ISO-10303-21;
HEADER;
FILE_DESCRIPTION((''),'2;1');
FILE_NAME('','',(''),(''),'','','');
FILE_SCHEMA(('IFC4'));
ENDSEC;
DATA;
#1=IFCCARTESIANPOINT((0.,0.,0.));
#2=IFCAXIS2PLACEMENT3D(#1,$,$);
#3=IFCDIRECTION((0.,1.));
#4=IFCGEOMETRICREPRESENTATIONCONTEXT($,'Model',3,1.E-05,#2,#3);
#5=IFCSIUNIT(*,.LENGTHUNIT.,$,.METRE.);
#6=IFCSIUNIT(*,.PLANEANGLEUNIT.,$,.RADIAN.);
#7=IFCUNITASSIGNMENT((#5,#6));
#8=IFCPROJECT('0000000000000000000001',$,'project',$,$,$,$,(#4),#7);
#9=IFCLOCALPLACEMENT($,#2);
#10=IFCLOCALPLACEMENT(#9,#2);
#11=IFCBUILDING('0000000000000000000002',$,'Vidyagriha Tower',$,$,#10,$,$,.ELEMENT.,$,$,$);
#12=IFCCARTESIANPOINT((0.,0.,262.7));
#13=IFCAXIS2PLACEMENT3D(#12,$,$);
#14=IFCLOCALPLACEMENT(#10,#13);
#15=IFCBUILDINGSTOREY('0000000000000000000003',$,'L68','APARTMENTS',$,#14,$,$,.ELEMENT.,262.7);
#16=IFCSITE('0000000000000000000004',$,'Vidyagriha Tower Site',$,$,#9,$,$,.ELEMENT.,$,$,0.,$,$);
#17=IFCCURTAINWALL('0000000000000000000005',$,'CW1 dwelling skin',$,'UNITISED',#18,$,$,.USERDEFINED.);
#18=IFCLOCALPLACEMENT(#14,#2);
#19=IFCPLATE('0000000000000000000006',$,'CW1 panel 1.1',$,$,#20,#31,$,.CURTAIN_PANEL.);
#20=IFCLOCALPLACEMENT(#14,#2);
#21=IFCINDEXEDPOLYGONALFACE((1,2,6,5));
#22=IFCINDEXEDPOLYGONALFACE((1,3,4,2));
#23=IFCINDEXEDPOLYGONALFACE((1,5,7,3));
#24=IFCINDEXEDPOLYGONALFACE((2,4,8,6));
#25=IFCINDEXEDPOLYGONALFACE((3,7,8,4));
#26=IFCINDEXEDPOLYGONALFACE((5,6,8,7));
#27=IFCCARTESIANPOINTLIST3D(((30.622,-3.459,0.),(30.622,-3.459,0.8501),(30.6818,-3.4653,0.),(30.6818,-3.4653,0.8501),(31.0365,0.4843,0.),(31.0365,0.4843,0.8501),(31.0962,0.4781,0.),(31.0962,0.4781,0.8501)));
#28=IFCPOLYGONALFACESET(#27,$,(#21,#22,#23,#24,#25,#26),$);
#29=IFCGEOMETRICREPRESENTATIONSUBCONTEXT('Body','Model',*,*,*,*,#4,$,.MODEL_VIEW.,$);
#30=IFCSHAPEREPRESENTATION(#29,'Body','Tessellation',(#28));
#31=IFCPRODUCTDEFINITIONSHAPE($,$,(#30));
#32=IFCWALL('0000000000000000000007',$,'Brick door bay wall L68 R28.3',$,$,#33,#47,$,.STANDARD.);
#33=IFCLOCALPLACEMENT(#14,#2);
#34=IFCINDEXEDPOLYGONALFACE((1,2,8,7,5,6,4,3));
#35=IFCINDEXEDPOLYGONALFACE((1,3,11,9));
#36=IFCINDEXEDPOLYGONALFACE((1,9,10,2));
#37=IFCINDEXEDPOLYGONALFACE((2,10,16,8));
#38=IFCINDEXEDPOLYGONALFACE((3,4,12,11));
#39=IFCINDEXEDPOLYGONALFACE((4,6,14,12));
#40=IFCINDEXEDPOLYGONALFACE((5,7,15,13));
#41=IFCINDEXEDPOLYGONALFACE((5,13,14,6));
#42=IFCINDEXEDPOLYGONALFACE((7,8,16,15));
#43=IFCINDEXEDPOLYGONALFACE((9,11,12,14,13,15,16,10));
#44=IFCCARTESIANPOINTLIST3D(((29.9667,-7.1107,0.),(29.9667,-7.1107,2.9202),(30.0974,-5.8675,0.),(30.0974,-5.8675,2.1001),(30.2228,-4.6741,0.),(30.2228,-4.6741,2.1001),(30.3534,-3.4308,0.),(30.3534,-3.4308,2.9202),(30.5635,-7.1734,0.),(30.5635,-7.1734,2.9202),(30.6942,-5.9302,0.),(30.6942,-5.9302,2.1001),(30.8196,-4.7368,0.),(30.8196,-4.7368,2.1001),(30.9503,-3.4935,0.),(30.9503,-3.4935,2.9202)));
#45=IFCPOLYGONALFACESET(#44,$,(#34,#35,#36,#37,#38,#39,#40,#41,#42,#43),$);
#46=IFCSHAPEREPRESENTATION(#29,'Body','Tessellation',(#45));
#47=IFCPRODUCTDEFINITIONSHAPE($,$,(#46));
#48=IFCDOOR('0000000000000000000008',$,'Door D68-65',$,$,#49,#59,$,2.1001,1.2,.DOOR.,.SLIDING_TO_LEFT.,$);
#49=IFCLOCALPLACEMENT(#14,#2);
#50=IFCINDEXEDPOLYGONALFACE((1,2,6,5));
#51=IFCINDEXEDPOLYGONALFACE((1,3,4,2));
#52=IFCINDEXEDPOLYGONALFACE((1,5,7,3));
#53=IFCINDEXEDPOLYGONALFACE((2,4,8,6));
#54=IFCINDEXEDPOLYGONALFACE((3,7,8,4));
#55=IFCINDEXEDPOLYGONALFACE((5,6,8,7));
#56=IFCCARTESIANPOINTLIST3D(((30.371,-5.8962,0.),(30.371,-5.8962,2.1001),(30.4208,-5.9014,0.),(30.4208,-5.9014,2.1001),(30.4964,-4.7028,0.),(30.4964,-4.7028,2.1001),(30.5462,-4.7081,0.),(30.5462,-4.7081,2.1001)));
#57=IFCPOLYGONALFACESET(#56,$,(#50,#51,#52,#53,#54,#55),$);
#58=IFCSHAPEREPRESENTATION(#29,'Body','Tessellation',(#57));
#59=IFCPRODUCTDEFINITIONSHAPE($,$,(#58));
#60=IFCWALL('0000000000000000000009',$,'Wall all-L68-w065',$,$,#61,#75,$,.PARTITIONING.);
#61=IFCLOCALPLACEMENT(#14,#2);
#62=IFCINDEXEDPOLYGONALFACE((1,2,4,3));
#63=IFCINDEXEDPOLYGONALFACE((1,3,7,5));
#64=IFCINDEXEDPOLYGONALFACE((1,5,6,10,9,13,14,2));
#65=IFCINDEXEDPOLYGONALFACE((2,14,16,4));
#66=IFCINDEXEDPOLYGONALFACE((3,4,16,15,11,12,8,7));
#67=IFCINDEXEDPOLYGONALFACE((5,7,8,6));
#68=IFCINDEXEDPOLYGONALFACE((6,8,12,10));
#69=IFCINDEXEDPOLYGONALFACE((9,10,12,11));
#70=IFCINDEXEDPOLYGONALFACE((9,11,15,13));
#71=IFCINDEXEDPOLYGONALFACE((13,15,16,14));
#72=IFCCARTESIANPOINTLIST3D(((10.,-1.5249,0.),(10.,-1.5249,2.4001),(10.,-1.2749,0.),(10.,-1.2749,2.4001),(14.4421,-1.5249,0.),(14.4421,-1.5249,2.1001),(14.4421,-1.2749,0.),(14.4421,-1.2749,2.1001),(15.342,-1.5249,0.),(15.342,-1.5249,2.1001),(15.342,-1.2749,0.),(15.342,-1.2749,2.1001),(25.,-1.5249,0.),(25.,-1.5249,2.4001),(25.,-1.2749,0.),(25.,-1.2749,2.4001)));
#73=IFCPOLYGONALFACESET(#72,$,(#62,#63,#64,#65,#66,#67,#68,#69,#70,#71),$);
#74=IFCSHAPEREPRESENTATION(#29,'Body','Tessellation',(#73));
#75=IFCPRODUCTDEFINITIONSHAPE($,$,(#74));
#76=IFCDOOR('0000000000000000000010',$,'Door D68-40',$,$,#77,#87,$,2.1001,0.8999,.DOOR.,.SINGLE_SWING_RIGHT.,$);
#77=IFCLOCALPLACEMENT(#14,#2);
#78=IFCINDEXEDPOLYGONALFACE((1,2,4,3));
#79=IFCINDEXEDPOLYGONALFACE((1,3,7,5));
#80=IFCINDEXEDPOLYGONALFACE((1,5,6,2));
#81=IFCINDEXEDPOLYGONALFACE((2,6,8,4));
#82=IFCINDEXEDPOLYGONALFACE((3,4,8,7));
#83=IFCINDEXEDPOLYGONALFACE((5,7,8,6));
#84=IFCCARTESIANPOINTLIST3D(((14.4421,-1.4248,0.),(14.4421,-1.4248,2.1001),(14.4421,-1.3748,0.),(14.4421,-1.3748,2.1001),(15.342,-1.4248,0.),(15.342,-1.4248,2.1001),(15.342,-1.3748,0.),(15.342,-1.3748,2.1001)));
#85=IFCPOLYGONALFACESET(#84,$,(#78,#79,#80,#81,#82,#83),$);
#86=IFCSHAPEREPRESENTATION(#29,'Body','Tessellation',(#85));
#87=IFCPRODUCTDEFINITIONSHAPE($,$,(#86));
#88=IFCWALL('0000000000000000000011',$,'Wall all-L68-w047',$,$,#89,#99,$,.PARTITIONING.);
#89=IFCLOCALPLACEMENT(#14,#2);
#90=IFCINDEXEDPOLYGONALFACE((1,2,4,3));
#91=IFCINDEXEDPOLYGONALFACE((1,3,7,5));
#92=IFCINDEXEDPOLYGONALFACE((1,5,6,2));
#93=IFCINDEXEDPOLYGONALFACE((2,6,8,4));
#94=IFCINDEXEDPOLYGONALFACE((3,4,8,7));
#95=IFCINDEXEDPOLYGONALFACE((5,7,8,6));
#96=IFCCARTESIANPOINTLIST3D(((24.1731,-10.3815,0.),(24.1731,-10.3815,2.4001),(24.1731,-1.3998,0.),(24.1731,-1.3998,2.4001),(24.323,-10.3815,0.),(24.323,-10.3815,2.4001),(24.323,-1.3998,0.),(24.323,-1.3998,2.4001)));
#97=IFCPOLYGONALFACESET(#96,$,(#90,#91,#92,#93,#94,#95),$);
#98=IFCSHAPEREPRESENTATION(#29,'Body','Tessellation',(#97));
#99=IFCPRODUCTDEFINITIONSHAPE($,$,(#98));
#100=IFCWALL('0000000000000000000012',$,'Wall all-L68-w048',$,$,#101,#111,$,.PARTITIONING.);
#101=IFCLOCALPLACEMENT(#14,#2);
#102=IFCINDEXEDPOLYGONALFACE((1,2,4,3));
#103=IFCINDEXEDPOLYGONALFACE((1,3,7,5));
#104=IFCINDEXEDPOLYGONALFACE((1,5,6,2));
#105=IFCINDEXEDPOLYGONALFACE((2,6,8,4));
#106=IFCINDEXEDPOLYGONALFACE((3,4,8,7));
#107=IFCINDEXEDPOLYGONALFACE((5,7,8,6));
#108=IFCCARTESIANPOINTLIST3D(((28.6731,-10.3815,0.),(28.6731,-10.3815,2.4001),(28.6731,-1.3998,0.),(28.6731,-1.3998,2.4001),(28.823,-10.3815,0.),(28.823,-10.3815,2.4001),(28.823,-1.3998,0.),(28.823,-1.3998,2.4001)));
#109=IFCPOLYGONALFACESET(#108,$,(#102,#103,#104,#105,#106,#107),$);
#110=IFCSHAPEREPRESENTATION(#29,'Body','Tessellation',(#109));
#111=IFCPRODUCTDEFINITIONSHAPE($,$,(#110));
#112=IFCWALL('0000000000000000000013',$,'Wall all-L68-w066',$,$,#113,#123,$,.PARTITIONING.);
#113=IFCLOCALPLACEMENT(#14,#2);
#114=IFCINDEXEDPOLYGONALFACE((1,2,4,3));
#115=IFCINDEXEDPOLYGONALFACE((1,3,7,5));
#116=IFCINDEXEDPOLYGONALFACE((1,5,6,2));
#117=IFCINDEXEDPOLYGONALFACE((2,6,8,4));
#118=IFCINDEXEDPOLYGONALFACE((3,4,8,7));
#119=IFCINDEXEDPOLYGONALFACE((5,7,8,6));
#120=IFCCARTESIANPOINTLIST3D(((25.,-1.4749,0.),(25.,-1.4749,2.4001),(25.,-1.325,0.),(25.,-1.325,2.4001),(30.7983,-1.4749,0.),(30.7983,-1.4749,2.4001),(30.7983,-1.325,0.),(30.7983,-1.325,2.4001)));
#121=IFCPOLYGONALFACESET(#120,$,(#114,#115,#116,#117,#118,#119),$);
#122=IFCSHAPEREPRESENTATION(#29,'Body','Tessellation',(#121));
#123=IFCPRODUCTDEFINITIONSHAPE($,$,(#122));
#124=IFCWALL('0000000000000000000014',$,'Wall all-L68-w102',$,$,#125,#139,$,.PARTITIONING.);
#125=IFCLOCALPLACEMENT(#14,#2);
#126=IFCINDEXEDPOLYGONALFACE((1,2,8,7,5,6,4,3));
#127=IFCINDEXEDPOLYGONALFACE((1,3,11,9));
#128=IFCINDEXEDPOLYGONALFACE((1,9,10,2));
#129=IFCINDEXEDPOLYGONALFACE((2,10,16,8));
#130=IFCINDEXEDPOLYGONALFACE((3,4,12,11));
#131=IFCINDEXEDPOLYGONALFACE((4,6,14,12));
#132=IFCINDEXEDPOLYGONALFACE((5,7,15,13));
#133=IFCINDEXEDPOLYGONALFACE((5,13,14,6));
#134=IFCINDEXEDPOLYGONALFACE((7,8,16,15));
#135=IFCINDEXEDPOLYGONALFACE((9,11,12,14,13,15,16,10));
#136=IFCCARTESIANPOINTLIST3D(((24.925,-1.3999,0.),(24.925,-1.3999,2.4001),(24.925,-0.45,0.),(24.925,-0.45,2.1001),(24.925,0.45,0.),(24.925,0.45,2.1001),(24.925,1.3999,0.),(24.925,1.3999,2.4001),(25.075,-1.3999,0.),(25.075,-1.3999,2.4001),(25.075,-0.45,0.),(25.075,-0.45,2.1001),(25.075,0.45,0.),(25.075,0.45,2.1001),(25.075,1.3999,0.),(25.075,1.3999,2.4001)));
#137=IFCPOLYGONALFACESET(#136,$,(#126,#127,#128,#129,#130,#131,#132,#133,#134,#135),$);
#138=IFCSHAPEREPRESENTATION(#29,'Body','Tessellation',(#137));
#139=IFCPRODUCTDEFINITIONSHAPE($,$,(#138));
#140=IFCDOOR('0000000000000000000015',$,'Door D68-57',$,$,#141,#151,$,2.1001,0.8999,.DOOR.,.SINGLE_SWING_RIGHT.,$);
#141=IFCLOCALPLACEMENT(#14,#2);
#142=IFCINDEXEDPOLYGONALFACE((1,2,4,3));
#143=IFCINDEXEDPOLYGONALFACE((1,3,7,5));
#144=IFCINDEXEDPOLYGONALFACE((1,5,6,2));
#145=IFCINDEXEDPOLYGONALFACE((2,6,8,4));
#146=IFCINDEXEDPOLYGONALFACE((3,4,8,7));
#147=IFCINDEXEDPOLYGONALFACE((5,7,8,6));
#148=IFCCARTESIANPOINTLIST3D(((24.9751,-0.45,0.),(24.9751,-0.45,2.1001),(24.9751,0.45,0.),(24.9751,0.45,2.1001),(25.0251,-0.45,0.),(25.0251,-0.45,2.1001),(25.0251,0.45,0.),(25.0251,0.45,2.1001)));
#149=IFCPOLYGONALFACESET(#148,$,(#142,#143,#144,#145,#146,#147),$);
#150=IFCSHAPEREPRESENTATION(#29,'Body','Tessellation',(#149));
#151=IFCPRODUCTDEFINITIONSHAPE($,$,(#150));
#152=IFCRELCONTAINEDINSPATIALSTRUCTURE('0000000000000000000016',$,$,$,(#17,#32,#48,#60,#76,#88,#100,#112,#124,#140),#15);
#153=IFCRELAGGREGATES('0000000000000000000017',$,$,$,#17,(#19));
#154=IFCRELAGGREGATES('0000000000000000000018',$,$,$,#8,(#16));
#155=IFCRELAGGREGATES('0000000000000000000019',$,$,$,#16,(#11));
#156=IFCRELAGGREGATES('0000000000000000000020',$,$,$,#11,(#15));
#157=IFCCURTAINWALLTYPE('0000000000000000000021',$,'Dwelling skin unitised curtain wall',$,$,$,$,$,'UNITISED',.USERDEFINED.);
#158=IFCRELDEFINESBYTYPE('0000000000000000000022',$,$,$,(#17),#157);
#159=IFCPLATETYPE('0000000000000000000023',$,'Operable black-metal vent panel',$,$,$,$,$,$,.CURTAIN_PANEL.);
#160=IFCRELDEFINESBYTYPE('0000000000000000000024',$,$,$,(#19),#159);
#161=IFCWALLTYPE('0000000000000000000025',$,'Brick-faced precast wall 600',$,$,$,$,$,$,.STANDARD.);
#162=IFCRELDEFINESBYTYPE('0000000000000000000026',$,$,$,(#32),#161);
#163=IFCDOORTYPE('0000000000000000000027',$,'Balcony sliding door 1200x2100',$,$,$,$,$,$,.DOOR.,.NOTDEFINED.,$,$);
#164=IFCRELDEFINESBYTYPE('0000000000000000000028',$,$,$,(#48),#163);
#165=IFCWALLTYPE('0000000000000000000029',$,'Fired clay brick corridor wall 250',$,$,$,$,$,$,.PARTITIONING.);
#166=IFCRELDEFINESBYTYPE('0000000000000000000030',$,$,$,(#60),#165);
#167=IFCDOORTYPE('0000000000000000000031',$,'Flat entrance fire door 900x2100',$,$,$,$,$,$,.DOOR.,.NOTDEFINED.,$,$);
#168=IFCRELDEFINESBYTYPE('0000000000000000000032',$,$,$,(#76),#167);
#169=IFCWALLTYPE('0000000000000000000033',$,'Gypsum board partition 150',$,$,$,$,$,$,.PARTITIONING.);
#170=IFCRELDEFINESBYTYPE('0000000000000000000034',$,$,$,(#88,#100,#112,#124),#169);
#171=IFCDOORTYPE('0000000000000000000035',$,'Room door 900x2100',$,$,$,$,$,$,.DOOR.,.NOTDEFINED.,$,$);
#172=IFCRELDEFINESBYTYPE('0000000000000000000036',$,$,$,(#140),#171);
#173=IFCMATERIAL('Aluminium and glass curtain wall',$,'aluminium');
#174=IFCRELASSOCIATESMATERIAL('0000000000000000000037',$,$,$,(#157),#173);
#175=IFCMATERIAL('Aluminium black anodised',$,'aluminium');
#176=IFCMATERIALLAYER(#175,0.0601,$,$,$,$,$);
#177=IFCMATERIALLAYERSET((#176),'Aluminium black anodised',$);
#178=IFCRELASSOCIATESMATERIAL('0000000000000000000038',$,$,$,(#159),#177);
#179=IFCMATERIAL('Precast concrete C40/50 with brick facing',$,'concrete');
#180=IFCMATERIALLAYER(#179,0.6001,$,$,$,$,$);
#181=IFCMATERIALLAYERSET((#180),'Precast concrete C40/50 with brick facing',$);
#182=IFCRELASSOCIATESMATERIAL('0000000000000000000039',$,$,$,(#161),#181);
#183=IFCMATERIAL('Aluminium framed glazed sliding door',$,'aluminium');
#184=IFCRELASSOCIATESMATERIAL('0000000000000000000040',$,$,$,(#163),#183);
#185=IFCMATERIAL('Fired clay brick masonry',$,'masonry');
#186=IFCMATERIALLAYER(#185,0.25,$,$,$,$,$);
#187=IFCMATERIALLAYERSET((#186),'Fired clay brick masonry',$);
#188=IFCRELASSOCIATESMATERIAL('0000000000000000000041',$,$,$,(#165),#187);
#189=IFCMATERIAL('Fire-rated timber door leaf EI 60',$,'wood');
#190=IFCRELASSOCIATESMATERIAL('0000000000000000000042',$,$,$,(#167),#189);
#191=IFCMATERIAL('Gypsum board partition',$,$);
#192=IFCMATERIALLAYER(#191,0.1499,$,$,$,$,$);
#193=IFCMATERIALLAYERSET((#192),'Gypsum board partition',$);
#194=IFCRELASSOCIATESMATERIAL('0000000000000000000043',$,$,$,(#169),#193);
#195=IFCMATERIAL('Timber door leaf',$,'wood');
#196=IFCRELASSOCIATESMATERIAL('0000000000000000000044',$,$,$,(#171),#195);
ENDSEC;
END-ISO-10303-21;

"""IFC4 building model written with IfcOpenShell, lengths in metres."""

from ifc_helpers import new_model, si_unit, direction, frame, frame_2d, origin, origin_2d, place, context, subcontext, project, spatial, rectangle, extrude, material, layer, layer_set, type_object, element, fill, aggregate, save


model = new_model("IFC4")

# Units and contexts
model_context = context("Model", 3, precision=1e-05, world=origin(), true_north=direction((0.0, 1.0)))
body_context = subcontext(model_context, "Body", "Model", "MODEL_VIEW")
ifc_project = project(units=[si_unit("LENGTHUNIT", "METRE"), si_unit("PLANEANGLEUNIT", "RADIAN")], contexts=[model_context])

# Site, building, storey
site_placement = place(None, origin())
site = spatial("IfcSite", under=ifc_project, at=site_placement, Name="Vidyagriha Tower Site", CompositionType="ELEMENT", RefElevation=0.0)
building_placement = place(site_placement, origin())
building = spatial("IfcBuilding", under=site, at=building_placement, Name="Vidyagriha Tower", CompositionType="ELEMENT")
storey_placement = place(building_placement, frame((0.0, 0.0, 262.7)))
storey = spatial("IfcBuildingStorey", under=building, at=storey_placement, Name="L68", Description="APARTMENTS", CompositionType="ELEMENT", Elevation=262.7)

# Shared definitions
ifc_material_1 = material(Name="Aluminium and glass curtain wall", Category="aluminium")
curtain_wall_type = type_object("IfcCurtainWallType", Name="Dwelling skin unitised curtain wall", ElementType="UNITISED", PredefinedType="USERDEFINED", material=ifc_material_1)

# Curtain wall
curtain_wall_1_placement = place(storey_placement, origin())
curtain_wall_1 = element("IfcCurtainWall", 1, at=curtain_wall_1_placement, inside=storey, type_object=curtain_wall_type, Name="CW1 dwelling skin", ObjectType="UNITISED", PredefinedType="USERDEFINED")

# Plate
ifc_material_2 = material(Name="Aluminium black anodised", Category="aluminium")
ifc_layer_1 = layer(ifc_material_2, 0.0601)
ifc_layer_set_1 = layer_set([ifc_layer_1], Name="Aluminium black anodised")
plate_type_1 = type_object("IfcPlateType", Name="Operable black-metal vent panel", PredefinedType="CURTAIN_PANEL", material=ifc_layer_set_1)
plate_1_placement = place(storey_placement, frame((30.8591, -1.4905, 0.0), z_axis=(0.0, 0.0, 1.0), x_axis=(0.10453, 0.994522, 0.0)))
plate_1 = element("IfcPlate", 2, at=plate_1_placement, type_object=plate_type_1, Name="CW1 panel 1.1", PredefinedType="CURTAIN_PANEL", context=body_context, shape_type="SweptSolid", body=[
    extrude(rectangle(XDim=3.9651, YDim=0.0601, at=origin_2d()), origin(), (0.0, 0.0, 1.0), 0.8501),
])
aggregate(curtain_wall_1, [plate_1])

# Walls, openings, doors
ifc_material_3 = material(Name="Precast concrete C40/50 with brick facing", Category="concrete")
ifc_layer_2 = layer(ifc_material_3, 0.6001)
ifc_layer_set_2 = layer_set([ifc_layer_2], Name="Precast concrete C40/50 with brick facing")
wall_type_1 = type_object("IfcWallType", Name="Brick-faced precast wall 600", PredefinedType="STANDARD", material=ifc_layer_set_2)
wall_1_placement = place(storey_placement, frame((30.2651, -7.1421, 0.0), z_axis=(0.0, 0.0, 1.0), x_axis=(0.104513, 0.994524, 0.0)))
wall_1 = element("IfcWall", 3, at=wall_1_placement, inside=storey, type_object=wall_type_1, Name="Brick door bay wall L68 R28.3", PredefinedType="STANDARD", context=body_context, shape_type="SweptSolid", body=[
    extrude(rectangle(XDim=3.7002, YDim=0.6001, at=frame_2d((1.8501, 0.0))), origin(), (0.0, 0.0, 1.0), 2.9202),
])
opening_1_placement = place(wall_1_placement, frame((1.25, 0.0, 0.0)))
opening_1 = element("IfcOpeningElement", 4, at=opening_1_placement, cuts=wall_1, PredefinedType="OPENING", context=body_context, shape_type="SweptSolid", body=[
    extrude(rectangle(XDim=1.2, YDim=2.1001, at=frame_2d((0.6001, 1.05))), frame((0.0, 0.3101, 0.0), z_axis=(0.0, -1.0, 0.0), x_axis=(1.0, 0.0, 0.0)), (0.0, 0.0, 1.0), 0.6201),
])
ifc_material_4 = material(Name="Aluminium framed glazed sliding door", Category="aluminium")
door_type_1 = type_object("IfcDoorType", Name="Balcony sliding door 1200x2100", OperationType="NOTDEFINED", PredefinedType="DOOR", material=ifc_material_4)
door_1_placement = place(opening_1_placement, origin())
door_1 = element("IfcDoor", 5, at=door_1_placement, inside=storey, type_object=door_type_1, Name="Door D68-65", OperationType="SLIDING_TO_LEFT", OverallHeight=2.1001, OverallWidth=1.2, PredefinedType="DOOR", context=body_context, shape_type="SweptSolid", body=[
    extrude(rectangle(XDim=1.2, YDim=2.1001, at=frame_2d((0.6001, 1.05))), frame((0.0, 0.0249, 0.0), z_axis=(0.0, -1.0, 0.0), x_axis=(1.0, 0.0, 0.0)), (0.0, 0.0, 1.0), 0.05),
])
fill(opening_1, door_1)
ifc_material_5 = material(Name="Fired clay brick masonry", Category="masonry")
ifc_layer_3 = layer(ifc_material_5, 0.25)
ifc_layer_set_3 = layer_set([ifc_layer_3], Name="Fired clay brick masonry")
wall_type_2 = type_object("IfcWallType", Name="Fired clay brick corridor wall 250", PredefinedType="PARTITIONING", material=ifc_layer_set_3)
wall_2_placement = place(storey_placement, frame((25.0, -1.3999, 0.0), z_axis=(0.0, 0.0, 1.0), x_axis=(-1.0, 0.0, 0.0)))
wall_2 = element("IfcWall", 6, at=wall_2_placement, inside=storey, type_object=wall_type_2, Name="Wall all-L68-w065", PredefinedType="PARTITIONING", context=body_context, shape_type="SweptSolid", body=[
    extrude(rectangle(XDim=15.0, YDim=0.25, at=frame_2d((7.5, 0.0))), origin(), (0.0, 0.0, 1.0), 2.4001),
])
opening_2_placement = place(wall_2_placement, frame((9.658, 0.0, 0.0)))
opening_2 = element("IfcOpeningElement", 7, at=opening_2_placement, cuts=wall_2, PredefinedType="OPENING", context=body_context, shape_type="SweptSolid", body=[
    extrude(rectangle(XDim=0.8999, YDim=2.1001, at=frame_2d((0.45, 1.05))), frame((0.0, 0.135, 0.0), z_axis=(0.0, -1.0, 0.0), x_axis=(1.0, 0.0, 0.0)), (0.0, 0.0, 1.0), 0.27),
])
ifc_material_6 = material(Name="Fire-rated timber door leaf EI 60", Category="wood")
door_type_2 = type_object("IfcDoorType", Name="Flat entrance fire door 900x2100", OperationType="NOTDEFINED", PredefinedType="DOOR", material=ifc_material_6)
door_2_placement = place(opening_2_placement, origin())
door_2 = element("IfcDoor", 8, at=door_2_placement, inside=storey, type_object=door_type_2, Name="Door D68-40", OperationType="SINGLE_SWING_RIGHT", OverallHeight=2.1001, OverallWidth=0.8999, PredefinedType="DOOR", context=body_context, shape_type="SweptSolid", body=[
    extrude(rectangle(XDim=0.8999, YDim=2.1001, at=frame_2d((0.45, 1.05))), frame((0.0, 0.0249, 0.0), z_axis=(0.0, -1.0, 0.0), x_axis=(1.0, 0.0, 0.0)), (0.0, 0.0, 1.0), 0.05),
])
fill(opening_2, door_2)

# Walls
ifc_material_7 = material(Name="Gypsum board partition")
ifc_layer_4 = layer(ifc_material_7, 0.1499)
ifc_layer_set_4 = layer_set([ifc_layer_4], Name="Gypsum board partition")
wall_type_3 = type_object("IfcWallType", Name="Gypsum board partition 150", PredefinedType="PARTITIONING", material=ifc_layer_set_4)
for number, where, z_axis, x_axis, name in (
    (9, (24.248, -1.3999, 0.0), (0.0, 0.0, 1.0), (0.0, -1.0, 0.0), "Wall all-L68-w047"),
    (10, (28.748, -1.3999, 0.0), (0.0, 0.0, 1.0), (0.0, -1.0, 0.0), "Wall all-L68-w048"),
):
    element("IfcWall", number, at=place(storey_placement, frame(where, z_axis=z_axis, x_axis=x_axis)), inside=storey, type_object=wall_type_3, Name=name, PredefinedType="PARTITIONING", context=body_context, shape_type="SweptSolid", body=[
        extrude(rectangle(XDim=8.9817, YDim=0.1499, at=frame_2d((4.4907, 0.0))), origin(), (0.0, 0.0, 1.0), 2.4001),
    ])
wall_3_placement = place(storey_placement, frame((30.7983, -1.3999, 0.0), z_axis=(0.0, 0.0, 1.0), x_axis=(-1.0, 0.0, 0.0)))
element("IfcWall", 11, at=wall_3_placement, inside=storey, type_object=wall_type_3, Name="Wall all-L68-w066", PredefinedType="PARTITIONING", context=body_context, shape_type="SweptSolid", body=[
    extrude(rectangle(XDim=5.7983, YDim=0.1499, at=frame_2d((2.8992, 0.0))), origin(), (0.0, 0.0, 1.0), 2.4001),
])

# Wall, opening, door
wall_4_placement = place(storey_placement, frame((25.0, -1.3999, 0.0), z_axis=(0.0, 0.0, 1.0), x_axis=(0.0, 1.0, 0.0)))
wall_4 = element("IfcWall", 12, at=wall_4_placement, inside=storey, type_object=wall_type_3, Name="Wall all-L68-w102", PredefinedType="PARTITIONING", context=body_context, shape_type="SweptSolid", body=[
    extrude(rectangle(XDim=2.7998, YDim=0.1499, at=frame_2d((1.3999, 0.0))), origin(), (0.0, 0.0, 1.0), 2.4001),
])
opening_3_placement = place(wall_4_placement, frame((0.95, 0.0, 0.0)))
opening_3 = element("IfcOpeningElement", 13, at=opening_3_placement, cuts=wall_4, PredefinedType="OPENING", context=body_context, shape_type="SweptSolid", body=[
    extrude(rectangle(XDim=0.8999, YDim=2.1001, at=frame_2d((0.45, 1.05))), frame((0.0, 0.085, 0.0), z_axis=(0.0, -1.0, 0.0), x_axis=(1.0, 0.0, 0.0)), (0.0, 0.0, 1.0), 0.1699),
])
ifc_material_8 = material(Name="Timber door leaf", Category="wood")
door_type_3 = type_object("IfcDoorType", Name="Room door 900x2100", OperationType="NOTDEFINED", PredefinedType="DOOR", material=ifc_material_8)
door_3_placement = place(opening_3_placement, origin())
door_3 = element("IfcDoor", 14, at=door_3_placement, inside=storey, type_object=door_type_3, Name="Door D68-57", OperationType="SINGLE_SWING_RIGHT", OverallHeight=2.1001, OverallWidth=0.8999, PredefinedType="DOOR", context=body_context, shape_type="SweptSolid", body=[
    extrude(rectangle(XDim=0.8999, YDim=2.1001, at=frame_2d((0.45, 1.05))), frame((0.0, 0.0249, 0.0), z_axis=(0.0, -1.0, 0.0), x_axis=(1.0, 0.0, 0.0)), (0.0, 0.0, 1.0), 0.05),
])
fill(opening_3, door_3)

save(model, "model.ifc")
